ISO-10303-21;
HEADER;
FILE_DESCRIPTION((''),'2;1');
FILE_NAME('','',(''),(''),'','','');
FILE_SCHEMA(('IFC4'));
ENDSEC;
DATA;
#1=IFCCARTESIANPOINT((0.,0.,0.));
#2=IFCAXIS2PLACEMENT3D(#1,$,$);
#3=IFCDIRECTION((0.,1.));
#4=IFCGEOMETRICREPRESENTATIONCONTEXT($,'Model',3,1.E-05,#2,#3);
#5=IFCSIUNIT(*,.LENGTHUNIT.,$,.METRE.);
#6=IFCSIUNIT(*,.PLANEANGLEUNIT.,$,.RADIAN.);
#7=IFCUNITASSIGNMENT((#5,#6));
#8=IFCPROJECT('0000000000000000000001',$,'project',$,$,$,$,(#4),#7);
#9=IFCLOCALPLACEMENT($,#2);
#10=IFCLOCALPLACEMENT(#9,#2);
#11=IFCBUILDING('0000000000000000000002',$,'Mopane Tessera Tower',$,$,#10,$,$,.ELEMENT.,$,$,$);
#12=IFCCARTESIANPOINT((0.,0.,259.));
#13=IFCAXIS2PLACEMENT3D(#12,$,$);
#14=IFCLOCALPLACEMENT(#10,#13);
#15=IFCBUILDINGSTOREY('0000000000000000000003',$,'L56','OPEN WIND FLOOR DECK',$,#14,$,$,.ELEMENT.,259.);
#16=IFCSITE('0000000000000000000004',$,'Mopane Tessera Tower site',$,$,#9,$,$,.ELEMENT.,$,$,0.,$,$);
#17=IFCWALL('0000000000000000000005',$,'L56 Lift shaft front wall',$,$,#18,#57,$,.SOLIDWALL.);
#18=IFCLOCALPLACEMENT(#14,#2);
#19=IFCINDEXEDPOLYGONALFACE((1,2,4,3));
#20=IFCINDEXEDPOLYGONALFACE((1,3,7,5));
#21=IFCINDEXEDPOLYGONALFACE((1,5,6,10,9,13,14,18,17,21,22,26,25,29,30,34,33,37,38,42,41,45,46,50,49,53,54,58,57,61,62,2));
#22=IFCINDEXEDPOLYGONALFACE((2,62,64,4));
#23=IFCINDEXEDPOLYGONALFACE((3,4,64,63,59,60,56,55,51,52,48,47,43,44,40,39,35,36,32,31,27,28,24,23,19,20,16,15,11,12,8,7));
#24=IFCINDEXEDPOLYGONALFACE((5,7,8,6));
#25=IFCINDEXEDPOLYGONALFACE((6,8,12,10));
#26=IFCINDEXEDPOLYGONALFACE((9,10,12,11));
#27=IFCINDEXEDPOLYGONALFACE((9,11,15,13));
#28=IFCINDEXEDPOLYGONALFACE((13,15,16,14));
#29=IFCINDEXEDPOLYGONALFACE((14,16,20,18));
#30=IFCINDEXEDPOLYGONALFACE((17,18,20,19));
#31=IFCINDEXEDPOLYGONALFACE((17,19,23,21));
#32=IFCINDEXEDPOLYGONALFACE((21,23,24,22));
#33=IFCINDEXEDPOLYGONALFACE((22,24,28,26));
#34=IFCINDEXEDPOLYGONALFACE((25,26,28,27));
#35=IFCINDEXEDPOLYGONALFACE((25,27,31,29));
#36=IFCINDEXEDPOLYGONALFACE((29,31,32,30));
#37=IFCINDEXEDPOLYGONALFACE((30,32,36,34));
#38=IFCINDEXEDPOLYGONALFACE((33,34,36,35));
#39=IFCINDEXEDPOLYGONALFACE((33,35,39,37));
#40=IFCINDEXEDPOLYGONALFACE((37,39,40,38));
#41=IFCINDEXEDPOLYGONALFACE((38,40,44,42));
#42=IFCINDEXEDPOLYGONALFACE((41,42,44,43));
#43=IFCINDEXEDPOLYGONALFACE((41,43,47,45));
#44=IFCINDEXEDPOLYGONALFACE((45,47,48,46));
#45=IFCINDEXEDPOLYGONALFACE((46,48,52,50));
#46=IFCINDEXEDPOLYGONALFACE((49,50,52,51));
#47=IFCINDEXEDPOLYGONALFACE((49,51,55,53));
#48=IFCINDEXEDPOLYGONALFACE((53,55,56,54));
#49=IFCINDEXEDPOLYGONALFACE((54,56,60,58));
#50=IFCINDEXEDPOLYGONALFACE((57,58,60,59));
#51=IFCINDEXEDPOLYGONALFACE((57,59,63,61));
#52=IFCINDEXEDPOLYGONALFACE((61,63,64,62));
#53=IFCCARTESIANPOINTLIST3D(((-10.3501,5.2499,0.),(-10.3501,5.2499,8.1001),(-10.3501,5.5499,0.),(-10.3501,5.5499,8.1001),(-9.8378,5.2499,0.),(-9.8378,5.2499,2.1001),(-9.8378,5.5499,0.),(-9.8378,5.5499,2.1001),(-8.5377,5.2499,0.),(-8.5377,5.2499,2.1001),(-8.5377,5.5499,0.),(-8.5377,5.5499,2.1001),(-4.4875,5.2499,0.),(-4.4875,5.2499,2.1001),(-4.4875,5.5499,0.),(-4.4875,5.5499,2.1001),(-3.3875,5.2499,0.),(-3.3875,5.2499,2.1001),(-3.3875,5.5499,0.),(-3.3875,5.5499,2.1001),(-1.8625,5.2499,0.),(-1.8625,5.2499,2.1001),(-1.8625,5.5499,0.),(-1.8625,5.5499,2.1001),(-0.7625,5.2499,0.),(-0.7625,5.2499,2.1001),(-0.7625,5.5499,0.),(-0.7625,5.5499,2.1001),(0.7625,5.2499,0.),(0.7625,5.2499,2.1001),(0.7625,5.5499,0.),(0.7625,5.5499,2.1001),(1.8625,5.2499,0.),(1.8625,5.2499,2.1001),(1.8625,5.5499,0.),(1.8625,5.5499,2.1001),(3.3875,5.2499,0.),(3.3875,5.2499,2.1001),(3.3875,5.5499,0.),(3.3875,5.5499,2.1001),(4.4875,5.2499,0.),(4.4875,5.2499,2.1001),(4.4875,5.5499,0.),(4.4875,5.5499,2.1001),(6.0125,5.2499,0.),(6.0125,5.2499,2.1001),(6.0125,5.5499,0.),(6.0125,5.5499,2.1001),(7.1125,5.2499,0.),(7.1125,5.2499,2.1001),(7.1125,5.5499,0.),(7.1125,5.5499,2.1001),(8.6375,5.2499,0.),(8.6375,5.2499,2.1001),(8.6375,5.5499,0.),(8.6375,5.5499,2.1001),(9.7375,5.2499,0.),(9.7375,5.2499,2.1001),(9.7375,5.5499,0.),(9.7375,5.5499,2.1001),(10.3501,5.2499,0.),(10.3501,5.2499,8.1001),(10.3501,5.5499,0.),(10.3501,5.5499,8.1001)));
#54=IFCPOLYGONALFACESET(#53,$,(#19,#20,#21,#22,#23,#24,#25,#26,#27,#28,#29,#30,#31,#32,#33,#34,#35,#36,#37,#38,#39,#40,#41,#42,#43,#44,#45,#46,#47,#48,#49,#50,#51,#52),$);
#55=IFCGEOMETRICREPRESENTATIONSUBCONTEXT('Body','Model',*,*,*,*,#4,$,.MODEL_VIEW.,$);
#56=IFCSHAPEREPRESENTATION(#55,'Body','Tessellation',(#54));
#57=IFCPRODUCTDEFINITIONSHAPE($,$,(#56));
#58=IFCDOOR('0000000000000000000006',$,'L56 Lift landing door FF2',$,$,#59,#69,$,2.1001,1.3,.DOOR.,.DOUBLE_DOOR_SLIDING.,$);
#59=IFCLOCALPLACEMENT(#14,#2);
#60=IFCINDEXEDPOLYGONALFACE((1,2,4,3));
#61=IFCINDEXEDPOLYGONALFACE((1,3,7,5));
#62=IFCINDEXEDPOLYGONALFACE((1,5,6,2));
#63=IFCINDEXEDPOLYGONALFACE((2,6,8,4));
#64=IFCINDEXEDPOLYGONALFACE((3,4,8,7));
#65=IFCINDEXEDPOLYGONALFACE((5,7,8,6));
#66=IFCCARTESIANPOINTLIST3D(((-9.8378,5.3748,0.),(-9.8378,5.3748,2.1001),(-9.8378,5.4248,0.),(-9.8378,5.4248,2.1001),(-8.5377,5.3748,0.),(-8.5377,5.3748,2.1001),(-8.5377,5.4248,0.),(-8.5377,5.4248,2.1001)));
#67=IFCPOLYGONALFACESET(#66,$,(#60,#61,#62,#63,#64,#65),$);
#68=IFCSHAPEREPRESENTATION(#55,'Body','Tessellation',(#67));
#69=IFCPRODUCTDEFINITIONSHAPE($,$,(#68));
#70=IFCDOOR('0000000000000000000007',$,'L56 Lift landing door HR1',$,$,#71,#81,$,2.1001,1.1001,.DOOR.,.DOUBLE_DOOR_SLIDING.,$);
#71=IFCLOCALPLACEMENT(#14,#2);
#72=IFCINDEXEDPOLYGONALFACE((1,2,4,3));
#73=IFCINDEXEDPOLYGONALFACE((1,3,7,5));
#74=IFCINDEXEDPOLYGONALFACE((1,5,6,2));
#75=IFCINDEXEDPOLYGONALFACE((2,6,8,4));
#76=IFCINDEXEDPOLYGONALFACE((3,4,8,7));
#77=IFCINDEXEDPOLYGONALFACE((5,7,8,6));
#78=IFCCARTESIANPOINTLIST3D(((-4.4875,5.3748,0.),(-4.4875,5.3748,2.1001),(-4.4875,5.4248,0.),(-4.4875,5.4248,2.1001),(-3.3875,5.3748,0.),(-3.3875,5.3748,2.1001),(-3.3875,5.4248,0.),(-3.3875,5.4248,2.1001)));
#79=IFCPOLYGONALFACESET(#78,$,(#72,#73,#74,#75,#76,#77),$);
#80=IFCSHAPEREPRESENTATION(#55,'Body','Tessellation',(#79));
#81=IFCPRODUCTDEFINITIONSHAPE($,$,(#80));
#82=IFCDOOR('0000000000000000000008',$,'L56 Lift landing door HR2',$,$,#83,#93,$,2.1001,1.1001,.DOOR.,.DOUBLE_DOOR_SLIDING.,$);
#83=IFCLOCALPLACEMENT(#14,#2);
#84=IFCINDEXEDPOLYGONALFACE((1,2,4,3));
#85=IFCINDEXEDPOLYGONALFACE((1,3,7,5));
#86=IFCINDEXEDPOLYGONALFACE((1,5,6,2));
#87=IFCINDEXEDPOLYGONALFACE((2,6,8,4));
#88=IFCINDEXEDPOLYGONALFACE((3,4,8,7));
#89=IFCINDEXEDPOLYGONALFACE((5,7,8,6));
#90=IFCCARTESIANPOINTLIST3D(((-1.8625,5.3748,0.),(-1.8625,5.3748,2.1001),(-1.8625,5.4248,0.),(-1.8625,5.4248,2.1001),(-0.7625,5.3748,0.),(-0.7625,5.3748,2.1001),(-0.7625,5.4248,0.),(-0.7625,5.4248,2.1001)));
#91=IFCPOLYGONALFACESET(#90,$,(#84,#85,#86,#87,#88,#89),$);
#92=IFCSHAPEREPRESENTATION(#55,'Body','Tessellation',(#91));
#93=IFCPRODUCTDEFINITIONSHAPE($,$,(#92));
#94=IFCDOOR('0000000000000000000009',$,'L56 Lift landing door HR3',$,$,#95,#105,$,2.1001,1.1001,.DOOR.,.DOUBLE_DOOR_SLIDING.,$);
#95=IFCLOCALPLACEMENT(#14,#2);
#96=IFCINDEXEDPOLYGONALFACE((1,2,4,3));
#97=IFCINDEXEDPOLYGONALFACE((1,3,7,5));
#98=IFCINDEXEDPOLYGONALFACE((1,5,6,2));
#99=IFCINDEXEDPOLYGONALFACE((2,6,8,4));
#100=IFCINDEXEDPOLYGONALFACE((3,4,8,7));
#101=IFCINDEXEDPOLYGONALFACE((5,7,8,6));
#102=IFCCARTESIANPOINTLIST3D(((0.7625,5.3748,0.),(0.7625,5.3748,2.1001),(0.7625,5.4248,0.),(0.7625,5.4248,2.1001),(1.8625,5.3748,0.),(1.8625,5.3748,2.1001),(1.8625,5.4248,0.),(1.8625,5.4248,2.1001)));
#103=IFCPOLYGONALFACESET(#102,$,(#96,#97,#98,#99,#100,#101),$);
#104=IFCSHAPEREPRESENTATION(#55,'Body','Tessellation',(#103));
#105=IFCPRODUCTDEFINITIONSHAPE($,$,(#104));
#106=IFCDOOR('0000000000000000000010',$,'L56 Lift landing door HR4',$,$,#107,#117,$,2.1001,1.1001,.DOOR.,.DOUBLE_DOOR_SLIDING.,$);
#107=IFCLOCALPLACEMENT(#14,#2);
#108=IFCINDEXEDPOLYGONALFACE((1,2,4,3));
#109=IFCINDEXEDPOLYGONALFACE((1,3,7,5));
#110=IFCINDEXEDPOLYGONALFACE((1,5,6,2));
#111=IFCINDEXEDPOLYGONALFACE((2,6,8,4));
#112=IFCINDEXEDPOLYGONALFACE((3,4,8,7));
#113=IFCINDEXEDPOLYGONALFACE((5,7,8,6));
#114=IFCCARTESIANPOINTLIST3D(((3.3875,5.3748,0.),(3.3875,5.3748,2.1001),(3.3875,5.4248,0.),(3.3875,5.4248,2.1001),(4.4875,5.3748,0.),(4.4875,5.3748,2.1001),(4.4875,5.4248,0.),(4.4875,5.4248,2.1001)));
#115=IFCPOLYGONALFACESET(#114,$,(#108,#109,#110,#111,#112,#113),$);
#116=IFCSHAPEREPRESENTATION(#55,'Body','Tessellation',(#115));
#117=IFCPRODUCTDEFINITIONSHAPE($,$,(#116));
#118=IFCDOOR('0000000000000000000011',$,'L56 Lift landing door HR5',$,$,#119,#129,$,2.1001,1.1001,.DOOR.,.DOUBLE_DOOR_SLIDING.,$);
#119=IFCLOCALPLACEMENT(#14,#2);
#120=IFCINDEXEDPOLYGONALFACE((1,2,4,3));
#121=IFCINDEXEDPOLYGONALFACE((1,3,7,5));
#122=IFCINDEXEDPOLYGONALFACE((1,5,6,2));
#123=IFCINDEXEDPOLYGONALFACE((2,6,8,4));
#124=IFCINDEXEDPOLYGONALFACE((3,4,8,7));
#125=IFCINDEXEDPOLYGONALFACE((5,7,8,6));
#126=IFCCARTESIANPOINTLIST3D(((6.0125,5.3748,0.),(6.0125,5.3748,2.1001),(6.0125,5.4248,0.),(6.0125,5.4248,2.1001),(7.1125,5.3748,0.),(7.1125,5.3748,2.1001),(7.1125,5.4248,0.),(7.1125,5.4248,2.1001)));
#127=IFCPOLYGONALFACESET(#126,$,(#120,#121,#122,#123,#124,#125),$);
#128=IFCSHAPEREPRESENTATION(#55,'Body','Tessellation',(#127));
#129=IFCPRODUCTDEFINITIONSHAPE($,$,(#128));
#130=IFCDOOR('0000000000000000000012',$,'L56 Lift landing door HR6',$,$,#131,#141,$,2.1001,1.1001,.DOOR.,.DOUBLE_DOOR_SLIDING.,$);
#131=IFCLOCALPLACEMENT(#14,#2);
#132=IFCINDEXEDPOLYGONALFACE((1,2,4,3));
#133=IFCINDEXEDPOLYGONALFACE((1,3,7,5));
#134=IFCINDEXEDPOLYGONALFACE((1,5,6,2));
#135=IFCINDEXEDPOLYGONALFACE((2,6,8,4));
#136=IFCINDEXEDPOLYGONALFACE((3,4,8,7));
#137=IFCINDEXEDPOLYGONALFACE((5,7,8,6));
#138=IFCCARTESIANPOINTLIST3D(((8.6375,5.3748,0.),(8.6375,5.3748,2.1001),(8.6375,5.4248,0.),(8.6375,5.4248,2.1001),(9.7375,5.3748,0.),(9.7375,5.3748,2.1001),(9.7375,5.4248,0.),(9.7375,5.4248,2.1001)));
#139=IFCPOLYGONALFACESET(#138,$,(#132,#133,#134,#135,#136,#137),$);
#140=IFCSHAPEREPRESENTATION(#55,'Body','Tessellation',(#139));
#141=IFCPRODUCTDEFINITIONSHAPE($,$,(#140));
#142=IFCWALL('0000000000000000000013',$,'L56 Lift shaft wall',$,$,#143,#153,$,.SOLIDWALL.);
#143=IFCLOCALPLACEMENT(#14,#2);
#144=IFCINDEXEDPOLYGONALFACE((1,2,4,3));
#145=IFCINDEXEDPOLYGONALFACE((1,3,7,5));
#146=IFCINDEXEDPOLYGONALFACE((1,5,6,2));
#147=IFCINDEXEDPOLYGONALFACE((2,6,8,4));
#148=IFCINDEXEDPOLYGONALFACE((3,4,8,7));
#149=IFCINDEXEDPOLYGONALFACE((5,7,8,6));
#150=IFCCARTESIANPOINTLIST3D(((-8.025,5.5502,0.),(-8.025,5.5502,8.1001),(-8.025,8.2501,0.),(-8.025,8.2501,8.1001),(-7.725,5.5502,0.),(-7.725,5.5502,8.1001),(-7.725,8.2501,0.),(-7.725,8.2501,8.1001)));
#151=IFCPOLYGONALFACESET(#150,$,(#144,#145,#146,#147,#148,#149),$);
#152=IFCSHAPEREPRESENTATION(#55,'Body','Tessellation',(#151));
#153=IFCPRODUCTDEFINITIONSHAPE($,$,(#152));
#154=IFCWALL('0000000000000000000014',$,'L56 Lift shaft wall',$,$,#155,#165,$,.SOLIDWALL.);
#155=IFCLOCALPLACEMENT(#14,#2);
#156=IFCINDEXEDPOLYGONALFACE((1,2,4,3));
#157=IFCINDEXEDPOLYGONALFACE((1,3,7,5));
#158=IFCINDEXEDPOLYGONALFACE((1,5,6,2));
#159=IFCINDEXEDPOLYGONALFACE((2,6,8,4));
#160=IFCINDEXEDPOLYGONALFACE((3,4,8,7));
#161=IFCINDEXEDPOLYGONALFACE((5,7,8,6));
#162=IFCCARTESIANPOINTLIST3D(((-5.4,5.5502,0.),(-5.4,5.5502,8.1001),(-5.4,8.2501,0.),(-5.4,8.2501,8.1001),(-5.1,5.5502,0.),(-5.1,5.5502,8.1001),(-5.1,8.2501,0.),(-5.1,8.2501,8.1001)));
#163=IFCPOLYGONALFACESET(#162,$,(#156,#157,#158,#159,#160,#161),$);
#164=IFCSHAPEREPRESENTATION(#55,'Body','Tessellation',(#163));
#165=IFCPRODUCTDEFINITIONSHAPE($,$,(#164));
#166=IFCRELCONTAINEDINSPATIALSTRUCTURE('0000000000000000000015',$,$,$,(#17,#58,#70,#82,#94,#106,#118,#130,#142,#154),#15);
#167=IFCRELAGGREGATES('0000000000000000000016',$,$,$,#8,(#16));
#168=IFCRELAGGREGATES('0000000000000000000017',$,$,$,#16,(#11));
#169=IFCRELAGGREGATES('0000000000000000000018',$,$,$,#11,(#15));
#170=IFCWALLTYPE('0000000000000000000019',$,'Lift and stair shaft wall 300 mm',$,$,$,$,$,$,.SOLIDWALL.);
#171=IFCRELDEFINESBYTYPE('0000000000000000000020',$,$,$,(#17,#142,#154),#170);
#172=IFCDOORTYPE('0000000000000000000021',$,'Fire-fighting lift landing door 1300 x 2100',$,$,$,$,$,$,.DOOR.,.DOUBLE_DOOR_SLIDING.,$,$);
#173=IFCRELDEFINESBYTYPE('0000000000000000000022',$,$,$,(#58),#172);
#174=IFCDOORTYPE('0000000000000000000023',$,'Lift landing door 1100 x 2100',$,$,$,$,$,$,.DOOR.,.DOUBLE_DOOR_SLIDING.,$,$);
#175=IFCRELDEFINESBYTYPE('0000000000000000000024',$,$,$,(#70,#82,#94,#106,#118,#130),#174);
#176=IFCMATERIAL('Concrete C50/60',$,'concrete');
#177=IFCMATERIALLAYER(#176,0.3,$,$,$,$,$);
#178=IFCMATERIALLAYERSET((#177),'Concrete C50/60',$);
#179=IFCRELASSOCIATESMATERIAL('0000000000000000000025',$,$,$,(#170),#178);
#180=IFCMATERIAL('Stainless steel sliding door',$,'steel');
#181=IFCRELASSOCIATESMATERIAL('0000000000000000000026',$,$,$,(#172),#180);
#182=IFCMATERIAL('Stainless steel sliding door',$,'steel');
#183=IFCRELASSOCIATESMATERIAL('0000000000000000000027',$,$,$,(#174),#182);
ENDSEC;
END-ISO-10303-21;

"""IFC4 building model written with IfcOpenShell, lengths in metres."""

from ifc_helpers import new_model, si_unit, direction, frame, frame_2d, origin, place, context, subcontext, project, spatial, rectangle, extrude, material, layer, layer_set, type_object, element, fill, save


model = new_model("IFC4")

# Units and contexts
model_context = context("Model", 3, precision=1e-05, world=origin(), true_north=direction((0.0, 1.0)))
body_context = subcontext(model_context, "Body", "Model", "MODEL_VIEW")
ifc_project = project(units=[si_unit("LENGTHUNIT", "METRE"), si_unit("PLANEANGLEUNIT", "RADIAN")], contexts=[model_context])

# Site, building, storey
site_placement = place(None, origin())
site = spatial("IfcSite", under=ifc_project, at=site_placement, Name="Mopane Tessera Tower site", CompositionType="ELEMENT", RefElevation=0.0)
building_placement = place(site_placement, origin())
building = spatial("IfcBuilding", under=site, at=building_placement, Name="Mopane Tessera Tower", CompositionType="ELEMENT")
storey_placement = place(building_placement, frame((0.0, 0.0, 259.0)))
storey = spatial("IfcBuildingStorey", under=building, at=storey_placement, Name="L56", Description="OPEN WIND FLOOR DECK", CompositionType="ELEMENT", Elevation=259.0)

# Wall, openings, doors
ifc_material_1 = material(Name="Concrete C50/60", Category="concrete")
ifc_layer_1 = layer(ifc_material_1, 0.3)
ifc_layer_set_1 = layer_set([ifc_layer_1], Name="Concrete C50/60")
wall_type_1 = type_object("IfcWallType", Name="Lift and stair shaft wall 300 mm", PredefinedType="SOLIDWALL", material=ifc_layer_set_1)
ifc_material_2 = material(Name="Stainless steel sliding door", Category="steel")
door_type_1 = type_object("IfcDoorType", Name="Fire-fighting lift landing door 1300 x 2100", OperationType="DOUBLE_DOOR_SLIDING", PredefinedType="DOOR", material=ifc_material_2)
wall_1_placement = place(storey_placement, frame((-10.3501, 5.3999, 0.0), z_axis=(0.0, 0.0, 1.0), x_axis=(1.0, 0.0, 0.0)))
wall_1 = element("IfcWall", 1, at=wall_1_placement, inside=storey, type_object=wall_type_1, Name="L56 Lift shaft front wall", PredefinedType="SOLIDWALL", context=body_context, shape_type="SweptSolid", body=[
    extrude(rectangle(XDim=20.7002, YDim=0.3, at=frame_2d((10.3501, 0.0))), origin(), (0.0, 0.0, 1.0), 8.1001),
])
opening_1_placement = place(wall_1_placement, frame((0.5125, 0.0, 0.0)))
opening_1 = element("IfcOpeningElement", 2, at=opening_1_placement, cuts=wall_1, PredefinedType="OPENING", context=body_context, shape_type="SweptSolid", body=[
    extrude(rectangle(XDim=1.3, YDim=2.1001, at=frame_2d((0.6499, 1.05))), frame((0.0, 0.1621, 0.0), z_axis=(0.0, -1.0, 0.0), x_axis=(1.0, 0.0, 0.0)), (0.0, 0.0, 1.0), 0.324),
])
opening_2_placement = place(wall_1_placement, frame((5.8625, 0.0, 0.0)))
opening_2 = element("IfcOpeningElement", 3, at=opening_2_placement, cuts=wall_1, PredefinedType="OPENING", context=body_context, shape_type="SweptSolid", body=[
    extrude(rectangle(XDim=1.1001, YDim=2.1001, at=frame_2d((0.55, 1.05))), frame((0.0, 0.1621, 0.0), z_axis=(0.0, -1.0, 0.0), x_axis=(1.0, 0.0, 0.0)), (0.0, 0.0, 1.0), 0.324),
])
opening_3_placement = place(wall_1_placement, frame((8.4875, 0.0, 0.0)))
opening_3 = element("IfcOpeningElement", 4, at=opening_3_placement, cuts=wall_1, PredefinedType="OPENING", context=body_context, shape_type="SweptSolid", body=[
    extrude(rectangle(XDim=1.1001, YDim=2.1001, at=frame_2d((0.55, 1.05))), frame((0.0, 0.1621, 0.0), z_axis=(0.0, -1.0, 0.0), x_axis=(1.0, 0.0, 0.0)), (0.0, 0.0, 1.0), 0.324),
])
opening_4_placement = place(wall_1_placement, frame((11.1125, 0.0, 0.0)))
opening_4 = element("IfcOpeningElement", 5, at=opening_4_placement, cuts=wall_1, PredefinedType="OPENING", context=body_context, shape_type="SweptSolid", body=[
    extrude(rectangle(XDim=1.1001, YDim=2.1001, at=frame_2d((0.55, 1.05))), frame((0.0, 0.1621, 0.0), z_axis=(0.0, -1.0, 0.0), x_axis=(1.0, 0.0, 0.0)), (0.0, 0.0, 1.0), 0.324),
])
opening_5_placement = place(wall_1_placement, frame((13.7375, 0.0, 0.0)))
opening_5 = element("IfcOpeningElement", 6, at=opening_5_placement, cuts=wall_1, PredefinedType="OPENING", context=body_context, shape_type="SweptSolid", body=[
    extrude(rectangle(XDim=1.1001, YDim=2.1001, at=frame_2d((0.55, 1.05))), frame((0.0, 0.1621, 0.0), z_axis=(0.0, -1.0, 0.0), x_axis=(1.0, 0.0, 0.0)), (0.0, 0.0, 1.0), 0.324),
])
opening_6_placement = place(wall_1_placement, frame((16.3625, 0.0, 0.0)))
opening_6 = element("IfcOpeningElement", 7, at=opening_6_placement, cuts=wall_1, PredefinedType="OPENING", context=body_context, shape_type="SweptSolid", body=[
    extrude(rectangle(XDim=1.1001, YDim=2.1001, at=frame_2d((0.55, 1.05))), frame((0.0, 0.1621, 0.0), z_axis=(0.0, -1.0, 0.0), x_axis=(1.0, 0.0, 0.0)), (0.0, 0.0, 1.0), 0.324),
])
opening_7_placement = place(wall_1_placement, frame((18.9875, 0.0, 0.0)))
opening_7 = element("IfcOpeningElement", 8, at=opening_7_placement, cuts=wall_1, PredefinedType="OPENING", context=body_context, shape_type="SweptSolid", body=[
    extrude(rectangle(XDim=1.1001, YDim=2.1001, at=frame_2d((0.55, 1.05))), frame((0.0, 0.1621, 0.0), z_axis=(0.0, -1.0, 0.0), x_axis=(1.0, 0.0, 0.0)), (0.0, 0.0, 1.0), 0.324),
])
door_1_placement = place(opening_1_placement, origin())
door_1 = element("IfcDoor", 9, at=door_1_placement, inside=storey, type_object=door_type_1, Name="L56 Lift landing door FF2", OperationType="DOUBLE_DOOR_SLIDING", OverallHeight=2.1001, OverallWidth=1.3, PredefinedType="DOOR", context=body_context, shape_type="SweptSolid", body=[
    extrude(rectangle(XDim=1.3, YDim=2.1001, at=frame_2d((0.6499, 1.05))), frame((0.0, 0.0249, 0.0), z_axis=(0.0, -1.0, 0.0), x_axis=(1.0, 0.0, 0.0)), (0.0, 0.0, 1.0), 0.05),
])
fill(opening_1, door_1)
ifc_material_3 = material(Name="Stainless steel sliding door", Category="steel")
door_type_2 = type_object("IfcDoorType", Name="Lift landing door 1100 x 2100", OperationType="DOUBLE_DOOR_SLIDING", PredefinedType="DOOR", material=ifc_material_3)
door_2_placement = place(opening_2_placement, origin())
door_2 = element("IfcDoor", 10, at=door_2_placement, inside=storey, type_object=door_type_2, Name="L56 Lift landing door HR1", OperationType="DOUBLE_DOOR_SLIDING", OverallHeight=2.1001, OverallWidth=1.1001, PredefinedType="DOOR", context=body_context, shape_type="SweptSolid", body=[
    extrude(rectangle(XDim=1.1001, YDim=2.1001, at=frame_2d((0.55, 1.05))), frame((0.0, 0.0249, 0.0), z_axis=(0.0, -1.0, 0.0), x_axis=(1.0, 0.0, 0.0)), (0.0, 0.0, 1.0), 0.05),
])
fill(opening_2, door_2)
door_3_placement = place(opening_3_placement, origin())
door_3 = element("IfcDoor", 11, at=door_3_placement, inside=storey, type_object=door_type_2, Name="L56 Lift landing door HR2", OperationType="DOUBLE_DOOR_SLIDING", OverallHeight=2.1001, OverallWidth=1.1001, PredefinedType="DOOR", context=body_context, shape_type="SweptSolid", body=[
    extrude(rectangle(XDim=1.1001, YDim=2.1001, at=frame_2d((0.55, 1.05))), frame((0.0, 0.0249, 0.0), z_axis=(0.0, -1.0, 0.0), x_axis=(1.0, 0.0, 0.0)), (0.0, 0.0, 1.0), 0.05),
])
fill(opening_3, door_3)
door_4_placement = place(opening_4_placement, origin())
door_4 = element("IfcDoor", 12, at=door_4_placement, inside=storey, type_object=door_type_2, Name="L56 Lift landing door HR3", OperationType="DOUBLE_DOOR_SLIDING", OverallHeight=2.1001, OverallWidth=1.1001, PredefinedType="DOOR", context=body_context, shape_type="SweptSolid", body=[
    extrude(rectangle(XDim=1.1001, YDim=2.1001, at=frame_2d((0.55, 1.05))), frame((0.0, 0.0249, 0.0), z_axis=(0.0, -1.0, 0.0), x_axis=(1.0, 0.0, 0.0)), (0.0, 0.0, 1.0), 0.05),
])
fill(opening_4, door_4)
door_5_placement = place(opening_5_placement, origin())
door_5 = element("IfcDoor", 13, at=door_5_placement, inside=storey, type_object=door_type_2, Name="L56 Lift landing door HR4", OperationType="DOUBLE_DOOR_SLIDING", OverallHeight=2.1001, OverallWidth=1.1001, PredefinedType="DOOR", context=body_context, shape_type="SweptSolid", body=[
    extrude(rectangle(XDim=1.1001, YDim=2.1001, at=frame_2d((0.55, 1.05))), frame((0.0, 0.0249, 0.0), z_axis=(0.0, -1.0, 0.0), x_axis=(1.0, 0.0, 0.0)), (0.0, 0.0, 1.0), 0.05),
])
fill(opening_5, door_5)
door_6_placement = place(opening_6_placement, origin())
door_6 = element("IfcDoor", 14, at=door_6_placement, inside=storey, type_object=door_type_2, Name="L56 Lift landing door HR5", OperationType="DOUBLE_DOOR_SLIDING", OverallHeight=2.1001, OverallWidth=1.1001, PredefinedType="DOOR", context=body_context, shape_type="SweptSolid", body=[
    extrude(rectangle(XDim=1.1001, YDim=2.1001, at=frame_2d((0.55, 1.05))), frame((0.0, 0.0249, 0.0), z_axis=(0.0, -1.0, 0.0), x_axis=(1.0, 0.0, 0.0)), (0.0, 0.0, 1.0), 0.05),
])
fill(opening_6, door_6)
door_7_placement = place(opening_7_placement, origin())
door_7 = element("IfcDoor", 15, at=door_7_placement, inside=storey, type_object=door_type_2, Name="L56 Lift landing door HR6", OperationType="DOUBLE_DOOR_SLIDING", OverallHeight=2.1001, OverallWidth=1.1001, PredefinedType="DOOR", context=body_context, shape_type="SweptSolid", body=[
    extrude(rectangle(XDim=1.1001, YDim=2.1001, at=frame_2d((0.55, 1.05))), frame((0.0, 0.0249, 0.0), z_axis=(0.0, -1.0, 0.0), x_axis=(1.0, 0.0, 0.0)), (0.0, 0.0, 1.0), 0.05),
])
fill(opening_7, door_7)

# Walls
for number, where, z_axis, x_axis, name in (
    (16, (-7.875, 5.55, 0.0), (0.0, 0.0, 1.0), (0.0, 1.0, 0.0), "L56 Lift shaft wall"),
    (17, (-5.25, 5.55, 0.0), (0.0, 0.0, 1.0), (0.0, 1.0, 0.0), "L56 Lift shaft wall"),
):
    element("IfcWall", number, at=place(storey_placement, frame(where, z_axis=z_axis, x_axis=x_axis)), inside=storey, type_object=wall_type_1, Name=name, PredefinedType="SOLIDWALL", context=body_context, shape_type="SweptSolid", body=[
        extrude(rectangle(XDim=2.7, YDim=0.3, at=frame_2d((1.3501, 0.0))), origin(), (0.0, 0.0, 1.0), 8.1001),
    ])

save(model, "model.ifc")
